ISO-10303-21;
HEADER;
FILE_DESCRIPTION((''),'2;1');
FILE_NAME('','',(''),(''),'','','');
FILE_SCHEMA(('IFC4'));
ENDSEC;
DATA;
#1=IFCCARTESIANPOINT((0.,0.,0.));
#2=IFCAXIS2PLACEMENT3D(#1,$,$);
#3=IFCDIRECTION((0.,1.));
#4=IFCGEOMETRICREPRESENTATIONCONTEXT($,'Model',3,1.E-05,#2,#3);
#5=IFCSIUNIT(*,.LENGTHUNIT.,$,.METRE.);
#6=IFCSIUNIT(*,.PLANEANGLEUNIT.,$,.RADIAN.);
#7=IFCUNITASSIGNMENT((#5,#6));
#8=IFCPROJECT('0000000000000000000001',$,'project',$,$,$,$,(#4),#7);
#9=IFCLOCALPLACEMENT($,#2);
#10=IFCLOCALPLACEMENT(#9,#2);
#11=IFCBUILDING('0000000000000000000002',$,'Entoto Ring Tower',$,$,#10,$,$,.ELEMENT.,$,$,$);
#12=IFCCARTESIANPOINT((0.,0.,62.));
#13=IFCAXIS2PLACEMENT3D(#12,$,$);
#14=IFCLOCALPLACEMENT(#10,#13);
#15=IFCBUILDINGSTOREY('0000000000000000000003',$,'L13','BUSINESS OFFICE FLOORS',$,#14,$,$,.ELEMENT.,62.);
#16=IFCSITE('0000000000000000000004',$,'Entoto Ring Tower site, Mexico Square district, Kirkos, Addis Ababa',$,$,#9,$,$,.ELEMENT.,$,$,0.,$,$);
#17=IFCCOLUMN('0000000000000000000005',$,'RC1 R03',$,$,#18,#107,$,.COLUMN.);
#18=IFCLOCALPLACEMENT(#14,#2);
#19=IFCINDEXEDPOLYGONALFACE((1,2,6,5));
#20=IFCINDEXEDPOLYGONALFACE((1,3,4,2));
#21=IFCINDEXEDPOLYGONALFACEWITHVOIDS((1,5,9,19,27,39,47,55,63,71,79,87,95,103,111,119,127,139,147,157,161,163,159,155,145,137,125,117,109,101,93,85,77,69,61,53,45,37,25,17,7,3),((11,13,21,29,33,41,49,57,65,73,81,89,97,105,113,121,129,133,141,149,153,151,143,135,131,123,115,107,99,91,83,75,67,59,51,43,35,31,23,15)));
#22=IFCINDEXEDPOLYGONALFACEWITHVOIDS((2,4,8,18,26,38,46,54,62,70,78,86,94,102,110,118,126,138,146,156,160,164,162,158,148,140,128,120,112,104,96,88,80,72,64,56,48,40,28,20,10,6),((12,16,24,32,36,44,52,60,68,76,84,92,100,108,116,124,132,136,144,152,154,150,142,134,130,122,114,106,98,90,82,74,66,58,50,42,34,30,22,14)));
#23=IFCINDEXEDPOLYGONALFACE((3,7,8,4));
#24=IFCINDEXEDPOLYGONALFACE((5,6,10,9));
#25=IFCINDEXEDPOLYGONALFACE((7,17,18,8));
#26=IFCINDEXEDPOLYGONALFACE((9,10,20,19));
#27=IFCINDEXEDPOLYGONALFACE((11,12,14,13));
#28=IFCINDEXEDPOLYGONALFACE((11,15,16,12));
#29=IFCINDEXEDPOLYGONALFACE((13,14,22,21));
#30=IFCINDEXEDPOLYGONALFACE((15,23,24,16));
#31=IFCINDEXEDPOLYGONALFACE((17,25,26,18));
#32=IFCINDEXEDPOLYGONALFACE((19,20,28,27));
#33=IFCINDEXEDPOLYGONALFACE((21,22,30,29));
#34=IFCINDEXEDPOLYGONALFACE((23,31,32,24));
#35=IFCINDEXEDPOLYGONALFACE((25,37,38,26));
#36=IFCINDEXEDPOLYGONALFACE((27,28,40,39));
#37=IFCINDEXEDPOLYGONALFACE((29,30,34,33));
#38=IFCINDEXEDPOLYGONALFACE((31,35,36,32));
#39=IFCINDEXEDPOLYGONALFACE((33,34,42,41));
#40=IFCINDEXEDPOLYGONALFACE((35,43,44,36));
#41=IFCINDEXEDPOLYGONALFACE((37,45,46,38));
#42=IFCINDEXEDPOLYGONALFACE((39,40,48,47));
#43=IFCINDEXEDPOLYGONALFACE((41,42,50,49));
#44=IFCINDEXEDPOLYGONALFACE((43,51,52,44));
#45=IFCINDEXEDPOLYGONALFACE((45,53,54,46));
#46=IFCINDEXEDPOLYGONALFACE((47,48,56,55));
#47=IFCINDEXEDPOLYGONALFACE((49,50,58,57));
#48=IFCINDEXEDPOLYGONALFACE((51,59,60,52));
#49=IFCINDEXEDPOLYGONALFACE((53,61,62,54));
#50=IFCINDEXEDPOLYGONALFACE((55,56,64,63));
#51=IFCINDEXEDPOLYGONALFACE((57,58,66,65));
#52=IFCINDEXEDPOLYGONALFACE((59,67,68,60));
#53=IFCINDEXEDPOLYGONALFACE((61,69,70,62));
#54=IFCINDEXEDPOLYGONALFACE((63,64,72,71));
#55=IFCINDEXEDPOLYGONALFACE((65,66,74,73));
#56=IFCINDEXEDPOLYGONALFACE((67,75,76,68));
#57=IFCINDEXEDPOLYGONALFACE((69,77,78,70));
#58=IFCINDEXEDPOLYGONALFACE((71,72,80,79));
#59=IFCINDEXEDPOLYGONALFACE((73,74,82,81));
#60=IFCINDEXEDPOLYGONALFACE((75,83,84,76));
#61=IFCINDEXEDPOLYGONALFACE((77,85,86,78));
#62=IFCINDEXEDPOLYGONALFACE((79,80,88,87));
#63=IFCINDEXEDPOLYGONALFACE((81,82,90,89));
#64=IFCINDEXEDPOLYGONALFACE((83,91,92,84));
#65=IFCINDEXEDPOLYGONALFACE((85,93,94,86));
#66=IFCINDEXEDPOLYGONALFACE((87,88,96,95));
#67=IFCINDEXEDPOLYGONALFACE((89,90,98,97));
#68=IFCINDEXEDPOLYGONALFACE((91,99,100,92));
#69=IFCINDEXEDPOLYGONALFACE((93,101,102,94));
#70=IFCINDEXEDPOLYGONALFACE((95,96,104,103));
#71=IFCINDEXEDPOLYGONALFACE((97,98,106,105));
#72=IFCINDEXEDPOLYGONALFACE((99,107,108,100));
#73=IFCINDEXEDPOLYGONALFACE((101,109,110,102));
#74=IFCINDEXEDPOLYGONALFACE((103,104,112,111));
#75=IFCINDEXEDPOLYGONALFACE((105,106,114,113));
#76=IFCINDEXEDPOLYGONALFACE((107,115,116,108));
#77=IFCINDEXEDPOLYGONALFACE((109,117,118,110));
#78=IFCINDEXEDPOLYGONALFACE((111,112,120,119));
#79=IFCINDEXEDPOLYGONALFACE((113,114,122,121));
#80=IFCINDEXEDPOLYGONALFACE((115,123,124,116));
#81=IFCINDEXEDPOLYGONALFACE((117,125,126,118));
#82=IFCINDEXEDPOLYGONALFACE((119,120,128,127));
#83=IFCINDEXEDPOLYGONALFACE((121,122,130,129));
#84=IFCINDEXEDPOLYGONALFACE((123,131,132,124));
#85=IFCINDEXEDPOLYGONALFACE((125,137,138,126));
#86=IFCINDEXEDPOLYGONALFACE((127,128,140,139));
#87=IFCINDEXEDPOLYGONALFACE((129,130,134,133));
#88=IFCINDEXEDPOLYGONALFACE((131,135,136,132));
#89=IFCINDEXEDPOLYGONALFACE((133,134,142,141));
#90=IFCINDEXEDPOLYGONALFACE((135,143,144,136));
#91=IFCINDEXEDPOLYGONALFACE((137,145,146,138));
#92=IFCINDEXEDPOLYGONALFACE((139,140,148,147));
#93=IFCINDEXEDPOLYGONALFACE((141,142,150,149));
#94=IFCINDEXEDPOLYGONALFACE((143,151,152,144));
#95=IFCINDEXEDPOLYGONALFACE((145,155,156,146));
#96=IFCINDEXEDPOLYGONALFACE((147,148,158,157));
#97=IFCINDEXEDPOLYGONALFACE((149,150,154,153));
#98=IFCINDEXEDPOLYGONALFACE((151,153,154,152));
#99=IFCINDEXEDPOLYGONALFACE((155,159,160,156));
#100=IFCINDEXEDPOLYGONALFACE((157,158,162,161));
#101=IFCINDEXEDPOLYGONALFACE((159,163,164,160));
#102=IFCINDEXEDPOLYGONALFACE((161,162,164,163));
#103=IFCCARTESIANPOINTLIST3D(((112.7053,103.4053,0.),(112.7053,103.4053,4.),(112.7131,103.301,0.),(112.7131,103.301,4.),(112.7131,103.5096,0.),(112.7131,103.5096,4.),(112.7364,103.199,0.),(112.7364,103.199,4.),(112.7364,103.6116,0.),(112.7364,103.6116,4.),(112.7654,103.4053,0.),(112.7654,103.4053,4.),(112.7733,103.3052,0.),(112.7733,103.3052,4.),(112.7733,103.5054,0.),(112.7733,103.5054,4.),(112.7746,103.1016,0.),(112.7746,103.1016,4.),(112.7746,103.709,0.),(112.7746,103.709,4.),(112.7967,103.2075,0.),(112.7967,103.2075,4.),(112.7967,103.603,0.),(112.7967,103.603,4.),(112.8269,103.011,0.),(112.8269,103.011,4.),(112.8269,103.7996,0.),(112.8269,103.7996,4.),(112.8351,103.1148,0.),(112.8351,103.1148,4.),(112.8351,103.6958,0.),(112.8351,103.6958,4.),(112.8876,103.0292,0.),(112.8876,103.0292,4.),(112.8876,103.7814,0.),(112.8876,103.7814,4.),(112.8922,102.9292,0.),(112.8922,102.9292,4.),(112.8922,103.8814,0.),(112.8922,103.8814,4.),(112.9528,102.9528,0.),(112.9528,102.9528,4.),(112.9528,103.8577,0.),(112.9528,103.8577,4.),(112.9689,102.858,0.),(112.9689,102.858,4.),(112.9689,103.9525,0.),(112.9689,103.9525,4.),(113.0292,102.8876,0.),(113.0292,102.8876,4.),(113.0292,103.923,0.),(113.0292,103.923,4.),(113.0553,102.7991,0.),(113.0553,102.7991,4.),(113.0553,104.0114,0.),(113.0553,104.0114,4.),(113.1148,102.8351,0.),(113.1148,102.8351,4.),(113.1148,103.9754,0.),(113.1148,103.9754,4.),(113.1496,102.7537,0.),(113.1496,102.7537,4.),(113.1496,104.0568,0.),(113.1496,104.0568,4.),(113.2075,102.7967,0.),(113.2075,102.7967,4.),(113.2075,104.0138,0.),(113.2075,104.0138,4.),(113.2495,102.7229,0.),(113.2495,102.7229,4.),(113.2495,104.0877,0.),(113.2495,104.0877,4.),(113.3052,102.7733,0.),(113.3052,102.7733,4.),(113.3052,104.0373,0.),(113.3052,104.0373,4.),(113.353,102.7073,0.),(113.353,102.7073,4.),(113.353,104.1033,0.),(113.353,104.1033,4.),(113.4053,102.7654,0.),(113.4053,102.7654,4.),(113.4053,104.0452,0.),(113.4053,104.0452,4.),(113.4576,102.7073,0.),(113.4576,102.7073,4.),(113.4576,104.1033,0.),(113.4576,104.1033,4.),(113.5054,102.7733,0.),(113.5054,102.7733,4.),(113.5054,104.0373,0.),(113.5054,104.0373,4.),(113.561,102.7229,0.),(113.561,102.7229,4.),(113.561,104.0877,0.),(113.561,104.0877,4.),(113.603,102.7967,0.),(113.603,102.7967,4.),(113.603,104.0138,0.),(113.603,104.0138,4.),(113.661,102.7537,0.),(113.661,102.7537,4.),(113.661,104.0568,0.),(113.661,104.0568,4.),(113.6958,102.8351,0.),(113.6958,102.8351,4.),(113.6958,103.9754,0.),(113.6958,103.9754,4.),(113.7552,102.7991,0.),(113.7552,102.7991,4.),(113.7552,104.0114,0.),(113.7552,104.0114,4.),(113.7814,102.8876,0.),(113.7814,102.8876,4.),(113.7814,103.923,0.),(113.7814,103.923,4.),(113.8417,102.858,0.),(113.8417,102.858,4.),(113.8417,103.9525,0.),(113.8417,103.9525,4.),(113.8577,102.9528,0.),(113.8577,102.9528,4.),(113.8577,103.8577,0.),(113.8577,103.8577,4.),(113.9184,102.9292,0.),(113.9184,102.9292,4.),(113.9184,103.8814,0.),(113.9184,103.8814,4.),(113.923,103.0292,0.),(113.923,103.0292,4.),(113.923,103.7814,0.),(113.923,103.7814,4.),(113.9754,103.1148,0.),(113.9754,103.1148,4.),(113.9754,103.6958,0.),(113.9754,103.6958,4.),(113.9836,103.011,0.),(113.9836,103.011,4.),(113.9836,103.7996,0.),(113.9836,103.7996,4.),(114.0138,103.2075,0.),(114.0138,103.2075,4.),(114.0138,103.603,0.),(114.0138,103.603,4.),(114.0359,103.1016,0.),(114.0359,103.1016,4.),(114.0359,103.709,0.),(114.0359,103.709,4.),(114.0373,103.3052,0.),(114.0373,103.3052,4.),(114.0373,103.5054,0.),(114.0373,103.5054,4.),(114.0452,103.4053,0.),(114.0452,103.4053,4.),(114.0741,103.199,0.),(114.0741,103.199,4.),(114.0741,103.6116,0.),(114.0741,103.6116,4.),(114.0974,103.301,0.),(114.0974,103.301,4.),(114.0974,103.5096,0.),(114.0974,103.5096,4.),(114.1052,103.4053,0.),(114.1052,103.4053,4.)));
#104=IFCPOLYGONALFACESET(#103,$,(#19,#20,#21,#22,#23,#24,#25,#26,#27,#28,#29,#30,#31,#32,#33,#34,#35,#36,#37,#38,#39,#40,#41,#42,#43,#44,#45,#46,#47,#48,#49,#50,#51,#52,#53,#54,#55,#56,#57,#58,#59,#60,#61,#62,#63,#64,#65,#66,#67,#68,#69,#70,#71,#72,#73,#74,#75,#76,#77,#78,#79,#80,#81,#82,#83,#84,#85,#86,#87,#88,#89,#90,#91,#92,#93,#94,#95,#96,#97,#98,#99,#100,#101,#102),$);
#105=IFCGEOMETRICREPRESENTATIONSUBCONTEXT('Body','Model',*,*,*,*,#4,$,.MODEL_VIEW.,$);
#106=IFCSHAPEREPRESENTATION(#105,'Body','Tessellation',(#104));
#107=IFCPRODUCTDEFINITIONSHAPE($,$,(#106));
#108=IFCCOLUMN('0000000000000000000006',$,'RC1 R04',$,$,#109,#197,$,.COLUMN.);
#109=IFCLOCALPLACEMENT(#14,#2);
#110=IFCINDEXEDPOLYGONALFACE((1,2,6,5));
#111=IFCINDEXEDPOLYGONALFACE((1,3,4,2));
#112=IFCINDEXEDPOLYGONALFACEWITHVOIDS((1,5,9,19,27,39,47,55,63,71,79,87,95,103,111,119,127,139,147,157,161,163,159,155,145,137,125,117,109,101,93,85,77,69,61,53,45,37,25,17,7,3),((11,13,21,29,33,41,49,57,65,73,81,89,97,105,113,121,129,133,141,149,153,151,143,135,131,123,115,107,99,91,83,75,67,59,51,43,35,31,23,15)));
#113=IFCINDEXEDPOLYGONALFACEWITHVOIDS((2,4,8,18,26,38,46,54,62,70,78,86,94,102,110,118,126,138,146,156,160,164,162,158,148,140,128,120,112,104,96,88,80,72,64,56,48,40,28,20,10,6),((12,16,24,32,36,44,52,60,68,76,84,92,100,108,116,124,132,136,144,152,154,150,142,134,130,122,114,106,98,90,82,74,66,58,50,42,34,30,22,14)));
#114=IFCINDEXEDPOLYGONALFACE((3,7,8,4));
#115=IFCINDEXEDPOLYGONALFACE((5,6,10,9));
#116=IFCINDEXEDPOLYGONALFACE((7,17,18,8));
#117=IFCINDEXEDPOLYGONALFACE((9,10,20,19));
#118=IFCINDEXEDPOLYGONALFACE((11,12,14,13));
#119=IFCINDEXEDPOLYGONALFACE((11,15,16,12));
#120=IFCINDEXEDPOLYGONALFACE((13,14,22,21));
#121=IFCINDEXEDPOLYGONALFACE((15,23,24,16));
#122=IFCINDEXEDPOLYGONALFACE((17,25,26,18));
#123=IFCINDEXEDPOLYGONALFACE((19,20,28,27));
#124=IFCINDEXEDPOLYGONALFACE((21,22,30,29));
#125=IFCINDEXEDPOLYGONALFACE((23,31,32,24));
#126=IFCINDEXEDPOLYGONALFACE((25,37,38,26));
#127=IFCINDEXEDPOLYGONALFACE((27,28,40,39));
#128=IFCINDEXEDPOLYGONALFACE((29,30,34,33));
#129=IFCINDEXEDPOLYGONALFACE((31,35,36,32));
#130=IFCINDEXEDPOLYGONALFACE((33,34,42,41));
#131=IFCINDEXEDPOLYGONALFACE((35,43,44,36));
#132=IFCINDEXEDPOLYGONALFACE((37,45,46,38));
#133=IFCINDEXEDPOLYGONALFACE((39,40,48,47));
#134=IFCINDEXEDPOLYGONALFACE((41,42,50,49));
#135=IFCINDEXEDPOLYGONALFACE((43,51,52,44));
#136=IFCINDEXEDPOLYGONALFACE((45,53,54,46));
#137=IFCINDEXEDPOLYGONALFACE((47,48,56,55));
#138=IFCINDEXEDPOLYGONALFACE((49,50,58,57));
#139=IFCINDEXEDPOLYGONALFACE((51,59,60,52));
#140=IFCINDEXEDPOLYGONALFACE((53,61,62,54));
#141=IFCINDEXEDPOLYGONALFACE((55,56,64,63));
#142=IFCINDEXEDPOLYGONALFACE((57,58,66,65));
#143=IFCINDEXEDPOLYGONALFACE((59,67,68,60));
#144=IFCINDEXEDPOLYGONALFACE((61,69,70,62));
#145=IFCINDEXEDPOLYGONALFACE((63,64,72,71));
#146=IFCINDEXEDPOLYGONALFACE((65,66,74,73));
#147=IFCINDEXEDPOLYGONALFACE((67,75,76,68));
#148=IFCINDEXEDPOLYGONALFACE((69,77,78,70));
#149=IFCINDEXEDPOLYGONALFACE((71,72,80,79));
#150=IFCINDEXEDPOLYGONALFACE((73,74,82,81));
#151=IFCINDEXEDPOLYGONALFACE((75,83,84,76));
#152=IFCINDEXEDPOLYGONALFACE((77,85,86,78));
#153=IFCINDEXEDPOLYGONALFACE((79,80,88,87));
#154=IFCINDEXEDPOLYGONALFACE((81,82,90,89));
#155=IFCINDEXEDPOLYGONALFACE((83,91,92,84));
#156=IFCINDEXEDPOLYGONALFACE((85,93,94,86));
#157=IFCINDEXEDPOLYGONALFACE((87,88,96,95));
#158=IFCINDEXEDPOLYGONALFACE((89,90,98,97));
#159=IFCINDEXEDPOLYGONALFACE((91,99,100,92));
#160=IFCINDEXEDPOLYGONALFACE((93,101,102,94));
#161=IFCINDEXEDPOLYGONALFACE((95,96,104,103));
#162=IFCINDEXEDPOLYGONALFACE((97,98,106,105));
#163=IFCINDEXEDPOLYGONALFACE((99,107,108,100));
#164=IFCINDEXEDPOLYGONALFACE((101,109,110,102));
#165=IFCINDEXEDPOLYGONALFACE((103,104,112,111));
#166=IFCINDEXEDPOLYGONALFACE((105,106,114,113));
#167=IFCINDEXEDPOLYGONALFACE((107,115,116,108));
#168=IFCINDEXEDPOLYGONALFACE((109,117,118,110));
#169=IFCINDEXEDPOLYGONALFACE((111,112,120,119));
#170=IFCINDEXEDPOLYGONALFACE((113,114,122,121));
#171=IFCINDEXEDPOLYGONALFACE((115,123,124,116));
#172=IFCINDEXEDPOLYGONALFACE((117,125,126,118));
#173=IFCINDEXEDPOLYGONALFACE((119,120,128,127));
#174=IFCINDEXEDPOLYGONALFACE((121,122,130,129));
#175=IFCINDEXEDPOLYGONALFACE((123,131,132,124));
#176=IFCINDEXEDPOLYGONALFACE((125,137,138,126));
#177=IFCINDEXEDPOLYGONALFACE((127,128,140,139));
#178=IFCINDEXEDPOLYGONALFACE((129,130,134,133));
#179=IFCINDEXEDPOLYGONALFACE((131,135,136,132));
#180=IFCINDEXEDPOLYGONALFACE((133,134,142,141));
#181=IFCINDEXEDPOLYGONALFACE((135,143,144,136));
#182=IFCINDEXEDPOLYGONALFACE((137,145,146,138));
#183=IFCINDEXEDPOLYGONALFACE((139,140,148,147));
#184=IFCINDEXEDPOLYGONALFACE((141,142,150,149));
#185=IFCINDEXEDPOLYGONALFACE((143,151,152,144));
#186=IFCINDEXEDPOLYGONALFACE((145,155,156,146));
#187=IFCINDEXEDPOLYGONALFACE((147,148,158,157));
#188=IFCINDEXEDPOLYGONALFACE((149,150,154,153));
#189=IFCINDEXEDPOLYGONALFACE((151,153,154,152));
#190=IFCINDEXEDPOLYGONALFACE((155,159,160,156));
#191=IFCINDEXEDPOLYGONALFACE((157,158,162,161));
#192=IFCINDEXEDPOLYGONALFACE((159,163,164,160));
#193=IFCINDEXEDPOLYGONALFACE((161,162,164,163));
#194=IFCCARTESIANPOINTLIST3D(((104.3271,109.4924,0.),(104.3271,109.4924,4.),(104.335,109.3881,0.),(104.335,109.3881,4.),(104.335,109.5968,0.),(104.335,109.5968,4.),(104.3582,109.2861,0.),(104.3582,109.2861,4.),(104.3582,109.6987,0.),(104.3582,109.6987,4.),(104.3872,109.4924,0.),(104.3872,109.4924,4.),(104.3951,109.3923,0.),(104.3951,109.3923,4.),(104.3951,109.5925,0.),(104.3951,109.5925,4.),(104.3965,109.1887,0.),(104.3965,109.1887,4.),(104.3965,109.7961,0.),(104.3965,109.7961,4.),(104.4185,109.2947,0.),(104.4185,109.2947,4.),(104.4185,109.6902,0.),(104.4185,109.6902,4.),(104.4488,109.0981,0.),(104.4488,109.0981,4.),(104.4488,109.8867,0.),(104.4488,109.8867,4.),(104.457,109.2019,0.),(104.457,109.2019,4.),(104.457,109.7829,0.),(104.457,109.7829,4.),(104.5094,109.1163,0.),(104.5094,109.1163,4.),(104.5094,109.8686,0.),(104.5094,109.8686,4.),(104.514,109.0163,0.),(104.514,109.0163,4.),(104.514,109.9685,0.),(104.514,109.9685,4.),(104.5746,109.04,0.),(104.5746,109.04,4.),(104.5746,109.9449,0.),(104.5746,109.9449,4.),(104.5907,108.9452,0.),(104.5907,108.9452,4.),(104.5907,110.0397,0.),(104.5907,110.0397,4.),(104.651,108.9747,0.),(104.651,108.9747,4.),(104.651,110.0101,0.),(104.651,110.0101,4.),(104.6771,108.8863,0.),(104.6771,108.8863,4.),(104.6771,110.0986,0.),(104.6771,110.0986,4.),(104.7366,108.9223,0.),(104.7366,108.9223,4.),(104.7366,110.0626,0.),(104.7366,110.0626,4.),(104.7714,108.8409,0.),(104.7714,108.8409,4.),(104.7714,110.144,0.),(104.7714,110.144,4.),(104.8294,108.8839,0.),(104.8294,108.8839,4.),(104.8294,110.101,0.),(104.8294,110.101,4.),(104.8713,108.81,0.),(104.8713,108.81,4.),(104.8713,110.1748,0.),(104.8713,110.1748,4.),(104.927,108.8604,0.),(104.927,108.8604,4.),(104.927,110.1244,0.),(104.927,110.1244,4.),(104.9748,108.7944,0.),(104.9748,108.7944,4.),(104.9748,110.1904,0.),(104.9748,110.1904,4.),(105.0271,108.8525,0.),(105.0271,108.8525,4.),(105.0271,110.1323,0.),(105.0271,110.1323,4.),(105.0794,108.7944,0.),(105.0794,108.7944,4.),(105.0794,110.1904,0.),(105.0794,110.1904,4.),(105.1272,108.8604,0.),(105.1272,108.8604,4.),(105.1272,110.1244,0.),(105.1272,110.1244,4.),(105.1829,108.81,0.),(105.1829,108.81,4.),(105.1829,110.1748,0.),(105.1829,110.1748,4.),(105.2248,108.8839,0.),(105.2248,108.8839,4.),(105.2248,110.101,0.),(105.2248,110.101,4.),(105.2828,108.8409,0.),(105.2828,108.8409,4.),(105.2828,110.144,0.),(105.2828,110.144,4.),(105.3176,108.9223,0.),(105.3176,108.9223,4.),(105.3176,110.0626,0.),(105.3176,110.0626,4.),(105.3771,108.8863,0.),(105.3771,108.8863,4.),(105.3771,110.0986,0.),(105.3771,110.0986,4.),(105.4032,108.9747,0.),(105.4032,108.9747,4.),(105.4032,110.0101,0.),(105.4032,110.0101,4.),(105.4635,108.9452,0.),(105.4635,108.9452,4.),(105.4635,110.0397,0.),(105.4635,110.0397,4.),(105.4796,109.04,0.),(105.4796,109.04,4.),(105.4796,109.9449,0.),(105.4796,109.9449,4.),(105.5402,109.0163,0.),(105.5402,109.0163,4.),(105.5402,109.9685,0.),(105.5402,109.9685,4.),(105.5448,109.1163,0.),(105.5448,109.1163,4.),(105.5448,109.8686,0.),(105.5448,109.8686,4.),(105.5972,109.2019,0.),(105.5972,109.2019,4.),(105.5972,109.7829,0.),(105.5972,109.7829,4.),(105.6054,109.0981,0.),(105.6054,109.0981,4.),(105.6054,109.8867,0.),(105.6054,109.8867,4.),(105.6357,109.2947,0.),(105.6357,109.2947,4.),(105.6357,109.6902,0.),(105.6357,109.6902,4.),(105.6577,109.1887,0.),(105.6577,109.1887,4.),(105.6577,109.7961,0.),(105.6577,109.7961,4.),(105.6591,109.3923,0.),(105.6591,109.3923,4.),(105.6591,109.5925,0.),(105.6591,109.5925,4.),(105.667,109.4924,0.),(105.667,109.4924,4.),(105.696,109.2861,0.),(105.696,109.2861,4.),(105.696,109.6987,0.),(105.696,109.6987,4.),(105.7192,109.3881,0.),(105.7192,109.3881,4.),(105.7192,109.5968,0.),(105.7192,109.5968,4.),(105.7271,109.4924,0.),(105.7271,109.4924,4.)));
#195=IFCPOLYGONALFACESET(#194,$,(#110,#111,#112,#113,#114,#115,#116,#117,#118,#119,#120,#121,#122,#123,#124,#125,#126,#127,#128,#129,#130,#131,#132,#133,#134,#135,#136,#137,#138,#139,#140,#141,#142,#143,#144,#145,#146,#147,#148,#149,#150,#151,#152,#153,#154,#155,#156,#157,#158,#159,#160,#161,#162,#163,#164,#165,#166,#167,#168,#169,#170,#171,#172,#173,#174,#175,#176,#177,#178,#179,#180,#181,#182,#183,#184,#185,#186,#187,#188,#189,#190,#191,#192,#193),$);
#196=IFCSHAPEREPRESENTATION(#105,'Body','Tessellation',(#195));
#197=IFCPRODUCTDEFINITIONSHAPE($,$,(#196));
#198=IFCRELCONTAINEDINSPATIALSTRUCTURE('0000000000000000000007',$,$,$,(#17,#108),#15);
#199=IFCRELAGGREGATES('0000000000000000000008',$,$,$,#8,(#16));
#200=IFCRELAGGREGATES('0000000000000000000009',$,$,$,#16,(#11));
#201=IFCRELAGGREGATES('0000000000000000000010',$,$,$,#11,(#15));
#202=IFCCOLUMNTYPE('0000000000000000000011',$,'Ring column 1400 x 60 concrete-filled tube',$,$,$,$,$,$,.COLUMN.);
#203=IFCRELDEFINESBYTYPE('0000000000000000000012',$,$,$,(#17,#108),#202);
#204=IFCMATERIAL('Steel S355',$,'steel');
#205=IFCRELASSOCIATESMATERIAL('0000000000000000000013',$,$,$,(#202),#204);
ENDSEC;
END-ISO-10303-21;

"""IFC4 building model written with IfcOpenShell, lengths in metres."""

from ifc_helpers import new_model, si_unit, direction, frame, origin, origin_2d, place, context, subcontext, project, spatial, circle, hollow_circle, extrude, material, material_profile, profile_set, type_object, element, save


model = new_model("IFC4")

# Units and contexts
model_context = context("Model", 3, precision=1e-05, world=origin(), true_north=direction((0.0, 1.0)))
body_context = subcontext(model_context, "Body", "Model", "MODEL_VIEW")
ifc_project = project(units=[si_unit("LENGTHUNIT", "METRE"), si_unit("PLANEANGLEUNIT", "RADIAN")], contexts=[model_context])

# Site, building, storey
site_placement = place(None, origin())
site = spatial("IfcSite", under=ifc_project, at=site_placement, Name="Entoto Ring Tower site, Mexico Square district, Kirkos, Addis Ababa", CompositionType="ELEMENT", RefElevation=0.0)
building_placement = place(site_placement, origin())
building = spatial("IfcBuilding", under=site, at=building_placement, Name="Entoto Ring Tower", CompositionType="ELEMENT")
storey_placement = place(building_placement, frame((0.0, 0.0, 62.0)))
storey = spatial("IfcBuildingStorey", under=building, at=storey_placement, Name="L13", Description="BUSINESS OFFICE FLOORS", CompositionType="ELEMENT", Elevation=62.0)

# Columns
ifc_material_1 = material(Name="Steel S355", Category="steel")
ifc_material_profile_1 = material_profile(ifc_material_1, hollow_circle(Radius=0.7, WallThickness=0.0601, at=origin_2d()), Name="CHS 1400 x 60")
ifc_material_2 = material(Name="Concrete C60/75", Category="concrete")
ifc_material_profile_2 = material_profile(ifc_material_2, circle(Radius=0.6399, at=origin_2d()), Name="Concrete C60/75 infill")
ifc_profile_set_1 = profile_set([ifc_material_profile_1, ifc_material_profile_2], Name="Steel S355")
column_type = type_object("IfcColumnType", Name="Ring column 1400 x 60 concrete-filled tube", PredefinedType="COLUMN", material=ifc_profile_set_1)
for number, where, z_axis, x_axis, name in (
    (1, (113.4053, 103.4053, 0.0), (0.0, 0.0, 1.0), (1.0, 0.0, 0.0), "RC1 R03"),
    (2, (105.0271, 109.4924, 0.0), (0.0, 0.0, 1.0), (1.0, 0.0, 0.0), "RC1 R04"),
):
    element("IfcColumn", number, at=place(storey_placement, frame(where, z_axis=z_axis, x_axis=x_axis)), inside=storey, type_object=column_type, Name=name, PredefinedType="COLUMN", context=body_context, shape_type="SweptSolid", body=[
        extrude(hollow_circle(Radius=0.7, WallThickness=0.0601, at=origin_2d()), origin(), (0.0, 0.0, 1.0), 4.0),
    ])

save(model, "model.ifc")
